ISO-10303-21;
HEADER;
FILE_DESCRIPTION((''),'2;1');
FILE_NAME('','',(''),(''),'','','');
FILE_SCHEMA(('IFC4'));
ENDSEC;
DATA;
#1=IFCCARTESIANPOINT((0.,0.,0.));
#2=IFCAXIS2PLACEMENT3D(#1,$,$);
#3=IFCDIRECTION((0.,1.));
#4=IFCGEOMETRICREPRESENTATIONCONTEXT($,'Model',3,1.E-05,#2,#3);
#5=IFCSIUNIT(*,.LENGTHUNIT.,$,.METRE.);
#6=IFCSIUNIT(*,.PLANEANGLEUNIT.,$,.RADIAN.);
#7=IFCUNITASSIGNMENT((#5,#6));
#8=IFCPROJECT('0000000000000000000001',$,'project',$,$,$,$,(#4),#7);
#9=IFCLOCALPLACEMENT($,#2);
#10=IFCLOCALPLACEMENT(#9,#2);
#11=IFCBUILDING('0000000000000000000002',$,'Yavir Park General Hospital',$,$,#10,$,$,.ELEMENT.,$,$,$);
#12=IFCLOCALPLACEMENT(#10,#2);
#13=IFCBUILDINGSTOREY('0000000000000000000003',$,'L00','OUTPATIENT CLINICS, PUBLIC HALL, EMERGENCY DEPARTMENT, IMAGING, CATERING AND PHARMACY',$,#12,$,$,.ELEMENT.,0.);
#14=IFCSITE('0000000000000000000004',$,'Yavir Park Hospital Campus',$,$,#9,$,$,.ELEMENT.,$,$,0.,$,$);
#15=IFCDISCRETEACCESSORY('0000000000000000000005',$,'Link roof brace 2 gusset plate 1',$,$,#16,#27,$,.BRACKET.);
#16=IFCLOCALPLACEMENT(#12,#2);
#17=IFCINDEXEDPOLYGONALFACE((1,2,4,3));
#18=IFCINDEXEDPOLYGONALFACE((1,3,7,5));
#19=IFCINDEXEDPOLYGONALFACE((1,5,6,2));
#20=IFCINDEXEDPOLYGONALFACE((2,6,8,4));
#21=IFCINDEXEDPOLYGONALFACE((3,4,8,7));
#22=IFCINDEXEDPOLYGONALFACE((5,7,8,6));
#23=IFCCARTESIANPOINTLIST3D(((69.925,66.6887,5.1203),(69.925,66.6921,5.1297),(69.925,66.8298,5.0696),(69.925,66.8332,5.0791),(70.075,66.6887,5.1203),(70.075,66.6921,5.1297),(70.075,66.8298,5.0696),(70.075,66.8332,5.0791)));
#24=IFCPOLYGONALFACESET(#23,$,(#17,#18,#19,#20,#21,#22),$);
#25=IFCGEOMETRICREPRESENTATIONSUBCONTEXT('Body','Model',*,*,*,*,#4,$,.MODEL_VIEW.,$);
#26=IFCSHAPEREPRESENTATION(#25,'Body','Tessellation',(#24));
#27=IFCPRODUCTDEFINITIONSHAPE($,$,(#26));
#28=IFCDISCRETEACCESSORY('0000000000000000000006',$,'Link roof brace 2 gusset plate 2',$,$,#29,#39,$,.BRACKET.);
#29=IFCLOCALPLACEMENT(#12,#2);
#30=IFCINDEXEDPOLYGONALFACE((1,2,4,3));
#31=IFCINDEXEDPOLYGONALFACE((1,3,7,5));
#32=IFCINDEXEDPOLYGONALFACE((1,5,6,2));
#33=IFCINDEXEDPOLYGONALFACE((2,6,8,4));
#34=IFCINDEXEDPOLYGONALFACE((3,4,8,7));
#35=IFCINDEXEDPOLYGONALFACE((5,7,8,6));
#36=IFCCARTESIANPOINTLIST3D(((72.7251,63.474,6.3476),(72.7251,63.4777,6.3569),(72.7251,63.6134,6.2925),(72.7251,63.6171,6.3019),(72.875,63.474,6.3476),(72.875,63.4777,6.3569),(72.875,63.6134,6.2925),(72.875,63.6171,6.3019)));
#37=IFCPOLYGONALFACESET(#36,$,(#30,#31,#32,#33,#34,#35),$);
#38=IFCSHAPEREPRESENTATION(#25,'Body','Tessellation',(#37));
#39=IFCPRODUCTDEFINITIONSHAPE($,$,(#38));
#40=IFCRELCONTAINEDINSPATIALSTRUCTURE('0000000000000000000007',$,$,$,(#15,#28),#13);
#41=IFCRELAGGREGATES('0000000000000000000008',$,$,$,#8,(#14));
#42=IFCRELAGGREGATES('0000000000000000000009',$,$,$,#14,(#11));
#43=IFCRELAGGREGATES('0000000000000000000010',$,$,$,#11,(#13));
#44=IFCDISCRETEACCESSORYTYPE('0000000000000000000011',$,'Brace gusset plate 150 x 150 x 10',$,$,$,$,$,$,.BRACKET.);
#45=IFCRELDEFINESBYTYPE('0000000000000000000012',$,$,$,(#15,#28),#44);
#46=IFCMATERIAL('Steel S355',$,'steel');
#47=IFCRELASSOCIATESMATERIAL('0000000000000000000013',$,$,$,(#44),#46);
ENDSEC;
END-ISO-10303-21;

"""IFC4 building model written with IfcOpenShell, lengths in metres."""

from ifc_helpers import new_model, si_unit, direction, frame, origin, origin_2d, place, context, subcontext, project, spatial, rectangle, extrude, material, material_profile, profile_set, type_object, element, save


model = new_model("IFC4")

# Units and contexts
model_context = context("Model", 3, precision=1e-05, world=origin(), true_north=direction((0.0, 1.0)))
body_context = subcontext(model_context, "Body", "Model", "MODEL_VIEW")
ifc_project = project(units=[si_unit("LENGTHUNIT", "METRE"), si_unit("PLANEANGLEUNIT", "RADIAN")], contexts=[model_context])

# Site, building, storey
site_placement = place(None, origin())
site = spatial("IfcSite", under=ifc_project, at=site_placement, Name="Yavir Park Hospital Campus", CompositionType="ELEMENT", RefElevation=0.0)
building_placement = place(site_placement, origin())
building = spatial("IfcBuilding", under=site, at=building_placement, Name="Yavir Park General Hospital", CompositionType="ELEMENT")
storey_placement = place(building_placement, origin())
storey = spatial("IfcBuildingStorey", under=building, at=storey_placement, Name="L00", Description="OUTPATIENT CLINICS, PUBLIC HALL, EMERGENCY DEPARTMENT, IMAGING, CATERING AND PHARMACY", CompositionType="ELEMENT", Elevation=0.0)

# Discrete accessories
ifc_material_1 = material(Name="Steel S355", Category="steel")
ifc_material_profile_1 = material_profile(ifc_material_1, rectangle(XDim=0.1499, YDim=0.1499, at=origin_2d()), Name="PL150x150")
ifc_profile_set_1 = profile_set([ifc_material_profile_1], Name="Steel S355")
discrete_accessory_type = type_object("IfcDiscreteAccessoryType", Name="Brace gusset plate 150 x 150 x 10", PredefinedType="BRACKET", material=ifc_profile_set_1)
for number, where, z_axis, x_axis, name in (
    (1, (70.0, 66.7593, 5.095), (0.0, 0.337865, 0.941195), (-1.0, 0.0, 0.0), "Link roof brace 2 gusset plate 1"),
    (2, (72.8, 63.5437, 6.3201), (0.0, 0.367167, 0.930155), (-1.0, 0.0, 0.0), "Link roof brace 2 gusset plate 2"),
):
    element("IfcDiscreteAccessory", number, at=place(storey_placement, frame(where, z_axis=z_axis, x_axis=x_axis)), inside=storey, type_object=discrete_accessory_type, Name=name, PredefinedType="BRACKET", context=body_context, shape_type="SweptSolid", body=[
        extrude(rectangle(XDim=0.1499, YDim=0.1499, at=origin_2d()), origin(), (0.0, 0.0, 1.0), 0.01),
    ])

save(model, "model.ifc")
